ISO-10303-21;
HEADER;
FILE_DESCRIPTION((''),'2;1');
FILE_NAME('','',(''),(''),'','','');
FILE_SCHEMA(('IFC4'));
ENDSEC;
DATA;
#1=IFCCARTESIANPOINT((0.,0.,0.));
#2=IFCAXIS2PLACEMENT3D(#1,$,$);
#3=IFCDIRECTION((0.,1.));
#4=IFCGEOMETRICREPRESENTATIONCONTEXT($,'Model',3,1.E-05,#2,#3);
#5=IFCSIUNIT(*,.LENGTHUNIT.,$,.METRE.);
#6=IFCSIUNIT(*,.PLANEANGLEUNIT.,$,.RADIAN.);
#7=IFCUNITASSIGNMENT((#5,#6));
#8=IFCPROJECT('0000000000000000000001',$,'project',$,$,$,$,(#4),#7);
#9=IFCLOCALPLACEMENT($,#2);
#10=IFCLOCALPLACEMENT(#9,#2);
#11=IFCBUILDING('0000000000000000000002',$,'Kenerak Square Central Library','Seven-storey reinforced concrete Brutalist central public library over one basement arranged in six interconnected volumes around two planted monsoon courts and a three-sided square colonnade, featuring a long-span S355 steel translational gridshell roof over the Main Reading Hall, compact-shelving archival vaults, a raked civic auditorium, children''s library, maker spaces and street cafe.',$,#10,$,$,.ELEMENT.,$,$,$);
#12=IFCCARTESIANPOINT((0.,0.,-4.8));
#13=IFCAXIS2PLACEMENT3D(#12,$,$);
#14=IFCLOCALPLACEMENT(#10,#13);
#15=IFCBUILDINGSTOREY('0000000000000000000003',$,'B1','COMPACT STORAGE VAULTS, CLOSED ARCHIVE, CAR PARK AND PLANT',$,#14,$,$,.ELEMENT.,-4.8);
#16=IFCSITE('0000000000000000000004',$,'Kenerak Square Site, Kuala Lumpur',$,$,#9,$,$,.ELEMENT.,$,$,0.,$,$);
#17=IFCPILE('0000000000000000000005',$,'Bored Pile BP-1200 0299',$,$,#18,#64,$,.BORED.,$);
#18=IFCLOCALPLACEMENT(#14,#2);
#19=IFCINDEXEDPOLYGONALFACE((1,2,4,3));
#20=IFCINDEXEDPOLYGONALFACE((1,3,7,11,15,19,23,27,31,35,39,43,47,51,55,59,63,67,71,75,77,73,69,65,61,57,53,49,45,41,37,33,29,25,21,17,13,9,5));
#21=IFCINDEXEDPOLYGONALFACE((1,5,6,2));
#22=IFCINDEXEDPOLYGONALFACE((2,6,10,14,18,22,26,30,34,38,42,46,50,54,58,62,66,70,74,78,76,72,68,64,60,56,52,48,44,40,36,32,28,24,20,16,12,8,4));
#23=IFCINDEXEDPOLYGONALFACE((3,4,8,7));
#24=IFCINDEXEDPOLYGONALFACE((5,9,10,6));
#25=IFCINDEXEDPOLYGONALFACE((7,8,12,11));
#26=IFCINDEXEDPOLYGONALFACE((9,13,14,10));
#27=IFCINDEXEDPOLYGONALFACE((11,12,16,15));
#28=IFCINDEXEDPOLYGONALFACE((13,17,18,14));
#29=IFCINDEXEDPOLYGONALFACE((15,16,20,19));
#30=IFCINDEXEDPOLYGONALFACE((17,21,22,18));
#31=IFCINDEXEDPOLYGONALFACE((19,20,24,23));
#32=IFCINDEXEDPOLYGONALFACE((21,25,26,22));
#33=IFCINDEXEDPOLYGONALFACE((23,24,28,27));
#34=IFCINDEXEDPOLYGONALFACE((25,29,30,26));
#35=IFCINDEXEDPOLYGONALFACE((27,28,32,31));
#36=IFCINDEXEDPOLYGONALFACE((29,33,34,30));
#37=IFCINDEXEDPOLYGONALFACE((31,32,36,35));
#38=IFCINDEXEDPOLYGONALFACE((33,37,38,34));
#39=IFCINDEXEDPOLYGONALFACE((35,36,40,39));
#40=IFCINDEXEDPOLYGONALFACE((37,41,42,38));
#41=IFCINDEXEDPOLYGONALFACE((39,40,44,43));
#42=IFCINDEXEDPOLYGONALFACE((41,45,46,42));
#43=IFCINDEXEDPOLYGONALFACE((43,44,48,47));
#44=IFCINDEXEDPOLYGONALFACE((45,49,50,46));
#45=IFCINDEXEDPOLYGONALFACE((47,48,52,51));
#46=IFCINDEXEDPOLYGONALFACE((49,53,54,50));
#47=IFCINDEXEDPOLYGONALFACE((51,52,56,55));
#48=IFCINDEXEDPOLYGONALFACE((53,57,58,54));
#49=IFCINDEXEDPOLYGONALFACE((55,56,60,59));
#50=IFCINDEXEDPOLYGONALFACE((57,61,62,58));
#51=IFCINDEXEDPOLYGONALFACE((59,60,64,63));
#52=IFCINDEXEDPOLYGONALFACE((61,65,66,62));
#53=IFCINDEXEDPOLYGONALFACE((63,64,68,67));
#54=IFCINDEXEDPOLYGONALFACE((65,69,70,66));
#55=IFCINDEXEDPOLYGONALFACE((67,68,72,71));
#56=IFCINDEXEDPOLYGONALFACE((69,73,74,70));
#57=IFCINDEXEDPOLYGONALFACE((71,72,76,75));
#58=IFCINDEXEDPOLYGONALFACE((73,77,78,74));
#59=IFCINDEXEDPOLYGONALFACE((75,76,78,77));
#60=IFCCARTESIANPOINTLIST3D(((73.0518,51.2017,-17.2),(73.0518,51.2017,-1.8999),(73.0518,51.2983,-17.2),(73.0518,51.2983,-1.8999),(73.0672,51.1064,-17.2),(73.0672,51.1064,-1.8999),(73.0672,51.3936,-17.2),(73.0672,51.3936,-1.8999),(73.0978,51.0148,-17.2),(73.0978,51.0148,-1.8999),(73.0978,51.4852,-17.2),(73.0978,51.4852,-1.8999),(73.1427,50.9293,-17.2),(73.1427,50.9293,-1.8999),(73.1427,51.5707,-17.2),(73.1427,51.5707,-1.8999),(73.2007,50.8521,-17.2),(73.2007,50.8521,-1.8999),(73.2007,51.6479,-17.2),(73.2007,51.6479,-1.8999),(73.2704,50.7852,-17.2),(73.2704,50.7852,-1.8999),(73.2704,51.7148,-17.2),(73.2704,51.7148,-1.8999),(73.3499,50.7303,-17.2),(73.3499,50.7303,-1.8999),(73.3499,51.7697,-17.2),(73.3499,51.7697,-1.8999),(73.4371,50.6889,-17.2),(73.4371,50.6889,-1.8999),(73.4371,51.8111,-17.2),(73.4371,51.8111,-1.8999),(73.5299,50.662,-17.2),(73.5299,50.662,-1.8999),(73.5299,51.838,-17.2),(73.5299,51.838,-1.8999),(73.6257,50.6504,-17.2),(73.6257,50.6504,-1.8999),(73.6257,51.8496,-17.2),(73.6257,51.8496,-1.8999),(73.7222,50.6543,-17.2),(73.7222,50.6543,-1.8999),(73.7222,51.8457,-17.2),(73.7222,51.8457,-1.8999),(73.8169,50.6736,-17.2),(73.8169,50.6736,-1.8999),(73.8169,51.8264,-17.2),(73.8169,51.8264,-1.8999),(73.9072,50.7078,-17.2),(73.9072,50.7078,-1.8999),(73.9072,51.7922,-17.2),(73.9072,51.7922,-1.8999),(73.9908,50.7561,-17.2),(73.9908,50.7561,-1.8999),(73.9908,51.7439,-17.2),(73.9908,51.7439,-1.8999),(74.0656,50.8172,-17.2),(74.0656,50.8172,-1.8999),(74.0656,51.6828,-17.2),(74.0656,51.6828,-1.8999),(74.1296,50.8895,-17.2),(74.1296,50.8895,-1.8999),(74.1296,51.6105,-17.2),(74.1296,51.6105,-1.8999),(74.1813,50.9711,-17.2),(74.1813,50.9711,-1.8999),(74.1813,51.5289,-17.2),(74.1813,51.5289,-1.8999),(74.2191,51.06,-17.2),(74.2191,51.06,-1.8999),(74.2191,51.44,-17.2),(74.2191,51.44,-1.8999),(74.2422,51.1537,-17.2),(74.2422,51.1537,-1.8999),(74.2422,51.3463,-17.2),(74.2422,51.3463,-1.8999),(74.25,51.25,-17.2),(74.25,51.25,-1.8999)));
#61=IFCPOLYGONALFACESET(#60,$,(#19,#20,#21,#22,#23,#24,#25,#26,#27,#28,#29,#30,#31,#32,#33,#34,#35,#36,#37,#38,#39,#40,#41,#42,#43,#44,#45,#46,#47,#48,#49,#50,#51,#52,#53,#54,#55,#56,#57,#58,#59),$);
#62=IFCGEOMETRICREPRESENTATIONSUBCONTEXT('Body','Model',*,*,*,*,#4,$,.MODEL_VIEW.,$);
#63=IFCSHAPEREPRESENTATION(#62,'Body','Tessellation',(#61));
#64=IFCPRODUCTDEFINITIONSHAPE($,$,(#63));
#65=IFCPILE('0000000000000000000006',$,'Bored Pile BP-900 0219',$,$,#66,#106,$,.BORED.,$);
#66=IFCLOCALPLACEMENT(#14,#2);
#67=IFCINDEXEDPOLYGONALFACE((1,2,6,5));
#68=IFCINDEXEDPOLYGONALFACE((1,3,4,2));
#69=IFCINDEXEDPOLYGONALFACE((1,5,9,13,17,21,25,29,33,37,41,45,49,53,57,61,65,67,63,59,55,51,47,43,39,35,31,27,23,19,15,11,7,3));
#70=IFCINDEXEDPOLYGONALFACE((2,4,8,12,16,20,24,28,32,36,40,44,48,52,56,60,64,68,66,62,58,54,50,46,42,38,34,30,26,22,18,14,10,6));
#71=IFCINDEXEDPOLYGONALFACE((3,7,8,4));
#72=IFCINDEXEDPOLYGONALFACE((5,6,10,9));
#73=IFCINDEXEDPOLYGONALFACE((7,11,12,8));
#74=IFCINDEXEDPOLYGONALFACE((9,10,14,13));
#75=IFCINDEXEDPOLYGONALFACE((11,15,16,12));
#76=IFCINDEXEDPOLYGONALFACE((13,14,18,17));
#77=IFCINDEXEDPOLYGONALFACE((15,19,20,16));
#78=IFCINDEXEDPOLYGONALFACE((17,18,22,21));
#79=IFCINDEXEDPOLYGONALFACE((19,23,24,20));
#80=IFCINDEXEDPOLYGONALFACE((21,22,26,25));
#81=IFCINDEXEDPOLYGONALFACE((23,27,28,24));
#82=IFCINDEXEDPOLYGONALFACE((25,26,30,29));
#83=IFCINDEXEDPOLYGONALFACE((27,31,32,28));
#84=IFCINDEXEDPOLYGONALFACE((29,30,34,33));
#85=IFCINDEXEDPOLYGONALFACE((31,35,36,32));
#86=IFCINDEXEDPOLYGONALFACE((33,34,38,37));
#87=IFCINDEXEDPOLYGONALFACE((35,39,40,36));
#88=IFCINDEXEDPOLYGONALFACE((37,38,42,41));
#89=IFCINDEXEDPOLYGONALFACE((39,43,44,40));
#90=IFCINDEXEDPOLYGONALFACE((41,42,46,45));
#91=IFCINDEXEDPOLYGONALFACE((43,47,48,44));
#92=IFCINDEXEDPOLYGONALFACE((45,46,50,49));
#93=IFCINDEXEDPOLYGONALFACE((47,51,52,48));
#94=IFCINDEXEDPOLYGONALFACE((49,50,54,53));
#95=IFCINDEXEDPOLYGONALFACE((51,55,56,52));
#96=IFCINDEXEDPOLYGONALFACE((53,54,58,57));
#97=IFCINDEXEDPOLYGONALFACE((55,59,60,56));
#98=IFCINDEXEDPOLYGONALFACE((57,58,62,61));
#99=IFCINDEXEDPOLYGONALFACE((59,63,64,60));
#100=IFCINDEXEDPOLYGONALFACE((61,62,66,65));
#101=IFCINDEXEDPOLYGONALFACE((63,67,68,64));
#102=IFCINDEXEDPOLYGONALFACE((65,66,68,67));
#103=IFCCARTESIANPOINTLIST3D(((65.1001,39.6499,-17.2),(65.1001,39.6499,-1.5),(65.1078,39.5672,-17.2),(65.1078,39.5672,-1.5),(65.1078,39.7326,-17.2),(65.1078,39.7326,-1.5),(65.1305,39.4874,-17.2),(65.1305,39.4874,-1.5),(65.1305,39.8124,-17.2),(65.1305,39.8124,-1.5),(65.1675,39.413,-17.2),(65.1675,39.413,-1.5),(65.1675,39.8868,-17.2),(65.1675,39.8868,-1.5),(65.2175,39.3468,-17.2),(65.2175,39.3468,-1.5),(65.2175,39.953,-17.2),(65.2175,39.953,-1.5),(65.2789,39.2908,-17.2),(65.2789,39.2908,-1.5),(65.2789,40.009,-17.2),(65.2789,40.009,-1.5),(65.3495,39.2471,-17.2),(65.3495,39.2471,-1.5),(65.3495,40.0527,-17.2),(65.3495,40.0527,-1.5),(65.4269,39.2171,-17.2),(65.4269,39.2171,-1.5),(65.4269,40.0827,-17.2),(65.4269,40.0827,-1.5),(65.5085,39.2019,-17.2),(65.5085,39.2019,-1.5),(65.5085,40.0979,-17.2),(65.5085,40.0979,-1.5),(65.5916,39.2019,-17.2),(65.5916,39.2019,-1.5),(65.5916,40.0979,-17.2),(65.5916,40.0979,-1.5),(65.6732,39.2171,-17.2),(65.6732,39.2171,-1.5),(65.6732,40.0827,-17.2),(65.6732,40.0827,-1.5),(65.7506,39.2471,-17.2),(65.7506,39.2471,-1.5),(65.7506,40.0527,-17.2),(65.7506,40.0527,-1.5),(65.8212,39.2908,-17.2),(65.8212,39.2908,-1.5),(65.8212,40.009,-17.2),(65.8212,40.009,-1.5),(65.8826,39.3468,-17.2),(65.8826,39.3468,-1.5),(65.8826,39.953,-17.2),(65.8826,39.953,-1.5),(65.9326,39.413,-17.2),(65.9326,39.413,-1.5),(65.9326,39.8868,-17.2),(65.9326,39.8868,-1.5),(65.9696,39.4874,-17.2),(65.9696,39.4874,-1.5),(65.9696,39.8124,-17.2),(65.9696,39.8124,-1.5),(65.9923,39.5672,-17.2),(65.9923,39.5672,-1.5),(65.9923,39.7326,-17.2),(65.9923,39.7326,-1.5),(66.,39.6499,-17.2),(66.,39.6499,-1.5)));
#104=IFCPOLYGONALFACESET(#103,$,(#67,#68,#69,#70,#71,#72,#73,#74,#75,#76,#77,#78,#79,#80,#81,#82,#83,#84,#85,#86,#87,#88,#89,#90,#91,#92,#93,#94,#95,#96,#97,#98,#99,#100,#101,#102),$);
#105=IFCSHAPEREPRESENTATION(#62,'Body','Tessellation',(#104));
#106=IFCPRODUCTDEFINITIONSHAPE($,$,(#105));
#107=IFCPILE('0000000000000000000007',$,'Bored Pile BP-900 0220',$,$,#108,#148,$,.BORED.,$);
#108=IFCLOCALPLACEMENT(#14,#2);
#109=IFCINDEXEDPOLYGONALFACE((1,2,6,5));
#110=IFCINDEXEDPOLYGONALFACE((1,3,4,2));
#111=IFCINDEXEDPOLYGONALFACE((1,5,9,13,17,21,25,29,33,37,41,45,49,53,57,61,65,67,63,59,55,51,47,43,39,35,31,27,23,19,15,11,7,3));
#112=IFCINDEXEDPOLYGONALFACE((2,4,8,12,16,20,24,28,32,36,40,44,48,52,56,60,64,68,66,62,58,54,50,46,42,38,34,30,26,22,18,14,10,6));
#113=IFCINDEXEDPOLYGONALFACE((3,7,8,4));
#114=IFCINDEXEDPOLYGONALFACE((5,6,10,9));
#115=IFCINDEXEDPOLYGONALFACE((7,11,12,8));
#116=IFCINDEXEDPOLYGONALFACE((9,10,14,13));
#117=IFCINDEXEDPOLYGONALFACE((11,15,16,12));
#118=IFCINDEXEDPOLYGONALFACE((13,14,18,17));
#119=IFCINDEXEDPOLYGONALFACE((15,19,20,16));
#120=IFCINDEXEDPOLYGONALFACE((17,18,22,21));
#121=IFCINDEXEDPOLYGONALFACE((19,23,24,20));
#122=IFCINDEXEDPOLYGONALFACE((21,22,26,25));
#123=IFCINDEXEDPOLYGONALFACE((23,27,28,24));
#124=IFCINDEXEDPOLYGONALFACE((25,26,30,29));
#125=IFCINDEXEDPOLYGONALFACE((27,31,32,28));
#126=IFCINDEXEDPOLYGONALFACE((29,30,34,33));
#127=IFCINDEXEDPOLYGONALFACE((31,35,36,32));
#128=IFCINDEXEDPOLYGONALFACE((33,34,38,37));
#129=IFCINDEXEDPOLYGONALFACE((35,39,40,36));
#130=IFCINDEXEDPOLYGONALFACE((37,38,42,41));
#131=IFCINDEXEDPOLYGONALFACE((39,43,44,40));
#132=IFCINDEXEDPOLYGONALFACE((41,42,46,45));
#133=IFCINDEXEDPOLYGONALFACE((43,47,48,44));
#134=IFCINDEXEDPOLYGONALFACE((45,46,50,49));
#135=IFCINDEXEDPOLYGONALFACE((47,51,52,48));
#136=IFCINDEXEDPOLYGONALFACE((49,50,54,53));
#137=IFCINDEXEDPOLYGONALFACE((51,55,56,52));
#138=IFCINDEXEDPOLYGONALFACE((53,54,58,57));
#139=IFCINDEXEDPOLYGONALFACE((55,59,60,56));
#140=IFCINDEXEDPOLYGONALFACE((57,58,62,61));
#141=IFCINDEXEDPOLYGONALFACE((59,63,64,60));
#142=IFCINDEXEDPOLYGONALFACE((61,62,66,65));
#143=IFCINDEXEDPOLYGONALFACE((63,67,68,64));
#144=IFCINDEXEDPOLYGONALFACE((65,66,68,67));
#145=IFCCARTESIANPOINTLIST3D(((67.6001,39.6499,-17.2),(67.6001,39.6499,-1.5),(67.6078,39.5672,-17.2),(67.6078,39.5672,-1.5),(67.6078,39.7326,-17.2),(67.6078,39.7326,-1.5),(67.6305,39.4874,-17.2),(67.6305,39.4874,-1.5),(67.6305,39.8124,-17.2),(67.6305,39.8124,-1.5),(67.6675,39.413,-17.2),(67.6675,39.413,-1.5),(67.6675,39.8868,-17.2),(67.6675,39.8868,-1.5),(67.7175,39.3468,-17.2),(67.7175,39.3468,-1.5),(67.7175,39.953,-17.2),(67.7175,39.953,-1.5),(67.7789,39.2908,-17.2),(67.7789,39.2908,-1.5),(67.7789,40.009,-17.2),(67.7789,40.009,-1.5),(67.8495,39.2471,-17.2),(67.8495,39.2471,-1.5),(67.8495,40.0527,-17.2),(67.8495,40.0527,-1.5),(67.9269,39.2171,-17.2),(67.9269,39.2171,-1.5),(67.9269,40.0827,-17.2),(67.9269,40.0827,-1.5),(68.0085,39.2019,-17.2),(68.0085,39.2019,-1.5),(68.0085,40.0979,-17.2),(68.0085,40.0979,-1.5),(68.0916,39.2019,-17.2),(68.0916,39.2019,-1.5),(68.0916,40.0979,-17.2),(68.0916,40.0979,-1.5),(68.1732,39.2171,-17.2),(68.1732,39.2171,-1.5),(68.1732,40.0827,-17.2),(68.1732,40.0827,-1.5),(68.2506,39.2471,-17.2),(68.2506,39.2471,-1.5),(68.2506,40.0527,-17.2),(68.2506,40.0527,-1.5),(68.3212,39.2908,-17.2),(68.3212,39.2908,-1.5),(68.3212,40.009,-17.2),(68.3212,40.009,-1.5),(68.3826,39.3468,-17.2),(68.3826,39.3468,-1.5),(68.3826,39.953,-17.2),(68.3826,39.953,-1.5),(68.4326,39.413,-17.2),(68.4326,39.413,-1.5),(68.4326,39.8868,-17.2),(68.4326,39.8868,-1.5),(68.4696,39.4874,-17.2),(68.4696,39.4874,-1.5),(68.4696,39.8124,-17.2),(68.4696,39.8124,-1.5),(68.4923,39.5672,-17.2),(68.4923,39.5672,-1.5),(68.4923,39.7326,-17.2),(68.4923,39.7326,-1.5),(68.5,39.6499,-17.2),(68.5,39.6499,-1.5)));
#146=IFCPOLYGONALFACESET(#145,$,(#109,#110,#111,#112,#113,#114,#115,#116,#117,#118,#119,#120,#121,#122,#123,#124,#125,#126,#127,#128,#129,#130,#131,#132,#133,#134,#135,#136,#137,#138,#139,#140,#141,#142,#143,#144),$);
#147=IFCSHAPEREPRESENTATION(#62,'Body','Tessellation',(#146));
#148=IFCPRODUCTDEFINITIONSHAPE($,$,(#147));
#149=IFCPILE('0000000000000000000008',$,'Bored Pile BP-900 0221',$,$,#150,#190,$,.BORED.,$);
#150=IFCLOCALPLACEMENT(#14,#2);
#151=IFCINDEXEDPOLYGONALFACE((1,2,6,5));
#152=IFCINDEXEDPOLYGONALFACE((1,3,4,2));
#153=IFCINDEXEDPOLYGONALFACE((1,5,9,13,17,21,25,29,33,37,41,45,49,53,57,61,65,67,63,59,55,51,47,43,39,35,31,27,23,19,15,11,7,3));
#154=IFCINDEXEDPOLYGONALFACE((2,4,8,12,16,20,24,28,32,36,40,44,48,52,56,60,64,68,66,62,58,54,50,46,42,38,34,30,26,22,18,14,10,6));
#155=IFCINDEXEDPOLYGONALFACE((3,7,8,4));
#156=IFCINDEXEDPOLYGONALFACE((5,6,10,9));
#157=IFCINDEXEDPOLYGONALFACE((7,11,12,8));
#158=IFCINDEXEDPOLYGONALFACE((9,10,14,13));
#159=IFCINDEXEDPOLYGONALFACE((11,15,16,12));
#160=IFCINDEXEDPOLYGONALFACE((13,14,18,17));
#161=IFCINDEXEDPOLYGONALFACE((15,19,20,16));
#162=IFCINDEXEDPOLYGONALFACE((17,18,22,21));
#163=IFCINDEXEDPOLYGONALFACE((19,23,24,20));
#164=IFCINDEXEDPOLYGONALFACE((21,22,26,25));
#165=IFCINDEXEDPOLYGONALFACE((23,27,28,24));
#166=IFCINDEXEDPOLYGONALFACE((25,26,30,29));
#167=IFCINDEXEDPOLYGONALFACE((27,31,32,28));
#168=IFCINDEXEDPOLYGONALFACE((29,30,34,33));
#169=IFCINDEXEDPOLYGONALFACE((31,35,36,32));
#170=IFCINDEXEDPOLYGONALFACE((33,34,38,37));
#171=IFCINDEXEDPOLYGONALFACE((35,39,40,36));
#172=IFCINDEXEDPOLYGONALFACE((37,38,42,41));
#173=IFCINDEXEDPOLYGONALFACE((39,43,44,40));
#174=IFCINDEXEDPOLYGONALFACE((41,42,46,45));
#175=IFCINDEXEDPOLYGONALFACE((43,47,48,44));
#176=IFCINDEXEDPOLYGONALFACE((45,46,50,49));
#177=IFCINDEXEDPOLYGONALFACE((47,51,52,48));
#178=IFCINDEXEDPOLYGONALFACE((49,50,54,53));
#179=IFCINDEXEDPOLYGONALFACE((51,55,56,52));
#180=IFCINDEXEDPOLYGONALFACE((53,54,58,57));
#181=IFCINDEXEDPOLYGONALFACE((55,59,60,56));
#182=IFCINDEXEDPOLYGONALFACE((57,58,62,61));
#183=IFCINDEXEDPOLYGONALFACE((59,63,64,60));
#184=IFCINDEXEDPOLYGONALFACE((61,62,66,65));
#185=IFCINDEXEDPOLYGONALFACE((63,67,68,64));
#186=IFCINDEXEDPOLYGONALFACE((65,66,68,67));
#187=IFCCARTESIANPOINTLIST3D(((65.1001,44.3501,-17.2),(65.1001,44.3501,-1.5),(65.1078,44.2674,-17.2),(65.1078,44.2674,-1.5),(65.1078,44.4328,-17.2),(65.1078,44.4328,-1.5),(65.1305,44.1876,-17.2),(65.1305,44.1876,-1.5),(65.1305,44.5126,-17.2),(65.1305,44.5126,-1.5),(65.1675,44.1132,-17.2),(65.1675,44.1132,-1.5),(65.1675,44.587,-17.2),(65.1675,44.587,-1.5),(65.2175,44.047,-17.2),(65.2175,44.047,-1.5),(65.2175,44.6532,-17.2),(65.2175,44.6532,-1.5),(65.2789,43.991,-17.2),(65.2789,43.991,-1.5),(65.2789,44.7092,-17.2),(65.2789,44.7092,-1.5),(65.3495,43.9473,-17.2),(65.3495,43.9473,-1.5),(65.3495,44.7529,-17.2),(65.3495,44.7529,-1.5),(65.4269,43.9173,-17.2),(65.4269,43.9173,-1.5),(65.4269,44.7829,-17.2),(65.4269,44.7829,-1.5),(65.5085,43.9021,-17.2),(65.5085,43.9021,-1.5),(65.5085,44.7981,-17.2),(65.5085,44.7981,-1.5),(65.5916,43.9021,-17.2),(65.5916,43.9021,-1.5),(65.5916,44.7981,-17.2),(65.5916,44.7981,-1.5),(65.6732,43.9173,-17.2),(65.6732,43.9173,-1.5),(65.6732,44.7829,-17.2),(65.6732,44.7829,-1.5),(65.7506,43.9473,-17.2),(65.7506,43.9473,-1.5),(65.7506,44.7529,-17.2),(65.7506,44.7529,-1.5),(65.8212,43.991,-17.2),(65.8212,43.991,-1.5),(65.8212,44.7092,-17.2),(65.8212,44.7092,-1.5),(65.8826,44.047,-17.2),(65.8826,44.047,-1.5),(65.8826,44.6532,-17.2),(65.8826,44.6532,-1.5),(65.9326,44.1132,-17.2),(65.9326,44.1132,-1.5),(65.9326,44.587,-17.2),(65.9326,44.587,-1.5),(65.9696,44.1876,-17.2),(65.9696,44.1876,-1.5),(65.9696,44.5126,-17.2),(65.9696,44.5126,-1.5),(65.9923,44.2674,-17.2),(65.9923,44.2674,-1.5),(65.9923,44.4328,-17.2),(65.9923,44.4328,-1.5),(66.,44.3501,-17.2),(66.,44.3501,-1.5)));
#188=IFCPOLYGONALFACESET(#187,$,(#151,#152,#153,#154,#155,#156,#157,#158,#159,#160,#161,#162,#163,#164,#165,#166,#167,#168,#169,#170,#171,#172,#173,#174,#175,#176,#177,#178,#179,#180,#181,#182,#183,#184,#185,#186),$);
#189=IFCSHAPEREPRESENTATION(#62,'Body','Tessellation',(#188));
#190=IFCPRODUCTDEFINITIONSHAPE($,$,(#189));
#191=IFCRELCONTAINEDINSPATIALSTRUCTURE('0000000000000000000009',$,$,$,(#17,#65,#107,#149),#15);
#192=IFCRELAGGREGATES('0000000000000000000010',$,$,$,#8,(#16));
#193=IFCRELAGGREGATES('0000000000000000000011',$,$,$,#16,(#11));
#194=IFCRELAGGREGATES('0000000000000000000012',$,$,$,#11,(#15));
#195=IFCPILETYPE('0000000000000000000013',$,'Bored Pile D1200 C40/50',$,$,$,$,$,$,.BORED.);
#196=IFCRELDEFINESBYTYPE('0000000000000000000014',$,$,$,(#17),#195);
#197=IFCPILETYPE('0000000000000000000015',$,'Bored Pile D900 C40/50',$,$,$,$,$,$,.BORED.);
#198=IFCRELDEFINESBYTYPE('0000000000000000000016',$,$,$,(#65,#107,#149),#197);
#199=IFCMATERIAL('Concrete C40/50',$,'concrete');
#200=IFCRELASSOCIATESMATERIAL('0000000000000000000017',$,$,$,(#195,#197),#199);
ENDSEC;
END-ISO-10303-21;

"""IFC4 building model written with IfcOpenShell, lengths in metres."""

from ifc_helpers import new_model, si_unit, direction, frame, origin, origin_2d, place, context, subcontext, project, spatial, circle, extrude, material, material_profile, profile_set, type_object, element, save


model = new_model("IFC4")

# Units and contexts
model_context = context("Model", 3, precision=1e-05, world=origin(), true_north=direction((0.0, 1.0)))
body_context = subcontext(model_context, "Body", "Model", "MODEL_VIEW")
ifc_project = project(units=[si_unit("LENGTHUNIT", "METRE"), si_unit("PLANEANGLEUNIT", "RADIAN")], contexts=[model_context])

# Site, building, storey
site_placement = place(None, origin())
site = spatial("IfcSite", under=ifc_project, at=site_placement, Name="Kenerak Square Site, Kuala Lumpur", CompositionType="ELEMENT", RefElevation=0.0)
building_placement = place(site_placement, origin())
building = spatial("IfcBuilding", under=site, at=building_placement, Name="Kenerak Square Central Library", Description="Seven-storey reinforced concrete Brutalist central public library over one basement arranged in six interconnected volumes around two planted monsoon courts and a three-sided square colonnade, featuring a long-span S355 steel translational gridshell roof over the Main Reading Hall, compact-shelving archival vaults, a raked civic auditorium, children's library, maker spaces and street cafe.", CompositionType="ELEMENT")
storey_placement = place(building_placement, frame((0.0, 0.0, -4.8)))
storey = spatial("IfcBuildingStorey", under=building, at=storey_placement, Name="B1", Description="COMPACT STORAGE VAULTS, CLOSED ARCHIVE, CAR PARK AND PLANT", CompositionType="ELEMENT", Elevation=-4.8)

# Piles
ifc_material_1 = material(Name="Concrete C40/50", Category="concrete")
ifc_material_profile_1 = material_profile(ifc_material_1, circle(Radius=0.6001, at=origin_2d()), Name="BP D1200")
ifc_profile_set_1 = profile_set([ifc_material_profile_1], Name="Concrete C40/50")
pile_type_1 = type_object("IfcPileType", Name="Bored Pile D1200 C40/50", PredefinedType="BORED", material=ifc_profile_set_1)
pile_placement = place(storey_placement, frame((73.6499, 51.25, -1.8999), z_axis=(0.0, 0.0, -1.0), x_axis=(1.0, 0.0, 0.0)))
element("IfcPile", 1, at=pile_placement, inside=storey, type_object=pile_type_1, Name="Bored Pile BP-1200 0299", PredefinedType="BORED", context=body_context, shape_type="SweptSolid", body=[
    extrude(circle(Radius=0.6001, at=origin_2d()), origin(), (0.0, 0.0, 1.0), 15.3),
])
ifc_material_profile_2 = material_profile(ifc_material_1, circle(Radius=0.45, at=origin_2d()), Name="BP D900")
ifc_profile_set_2 = profile_set([ifc_material_profile_2], Name="Concrete C40/50")
pile_type_2 = type_object("IfcPileType", Name="Bored Pile D900 C40/50", PredefinedType="BORED", material=ifc_profile_set_2)
for number, where, z_axis, x_axis, name in (
    (2, (65.55, 39.6499, -1.5), (0.0, 0.0, -1.0), (1.0, 0.0, 0.0), "Bored Pile BP-900 0219"),
    (3, (68.05, 39.6499, -1.5), (0.0, 0.0, -1.0), (1.0, 0.0, 0.0), "Bored Pile BP-900 0220"),
    (4, (65.55, 44.3501, -1.5), (0.0, 0.0, -1.0), (1.0, 0.0, 0.0), "Bored Pile BP-900 0221"),
):
    element("IfcPile", number, at=place(storey_placement, frame(where, z_axis=z_axis, x_axis=x_axis)), inside=storey, type_object=pile_type_2, Name=name, PredefinedType="BORED", context=body_context, shape_type="SweptSolid", body=[
        extrude(circle(Radius=0.45, at=origin_2d()), origin(), (0.0, 0.0, 1.0), 15.7),
    ])

save(model, "model.ifc")
